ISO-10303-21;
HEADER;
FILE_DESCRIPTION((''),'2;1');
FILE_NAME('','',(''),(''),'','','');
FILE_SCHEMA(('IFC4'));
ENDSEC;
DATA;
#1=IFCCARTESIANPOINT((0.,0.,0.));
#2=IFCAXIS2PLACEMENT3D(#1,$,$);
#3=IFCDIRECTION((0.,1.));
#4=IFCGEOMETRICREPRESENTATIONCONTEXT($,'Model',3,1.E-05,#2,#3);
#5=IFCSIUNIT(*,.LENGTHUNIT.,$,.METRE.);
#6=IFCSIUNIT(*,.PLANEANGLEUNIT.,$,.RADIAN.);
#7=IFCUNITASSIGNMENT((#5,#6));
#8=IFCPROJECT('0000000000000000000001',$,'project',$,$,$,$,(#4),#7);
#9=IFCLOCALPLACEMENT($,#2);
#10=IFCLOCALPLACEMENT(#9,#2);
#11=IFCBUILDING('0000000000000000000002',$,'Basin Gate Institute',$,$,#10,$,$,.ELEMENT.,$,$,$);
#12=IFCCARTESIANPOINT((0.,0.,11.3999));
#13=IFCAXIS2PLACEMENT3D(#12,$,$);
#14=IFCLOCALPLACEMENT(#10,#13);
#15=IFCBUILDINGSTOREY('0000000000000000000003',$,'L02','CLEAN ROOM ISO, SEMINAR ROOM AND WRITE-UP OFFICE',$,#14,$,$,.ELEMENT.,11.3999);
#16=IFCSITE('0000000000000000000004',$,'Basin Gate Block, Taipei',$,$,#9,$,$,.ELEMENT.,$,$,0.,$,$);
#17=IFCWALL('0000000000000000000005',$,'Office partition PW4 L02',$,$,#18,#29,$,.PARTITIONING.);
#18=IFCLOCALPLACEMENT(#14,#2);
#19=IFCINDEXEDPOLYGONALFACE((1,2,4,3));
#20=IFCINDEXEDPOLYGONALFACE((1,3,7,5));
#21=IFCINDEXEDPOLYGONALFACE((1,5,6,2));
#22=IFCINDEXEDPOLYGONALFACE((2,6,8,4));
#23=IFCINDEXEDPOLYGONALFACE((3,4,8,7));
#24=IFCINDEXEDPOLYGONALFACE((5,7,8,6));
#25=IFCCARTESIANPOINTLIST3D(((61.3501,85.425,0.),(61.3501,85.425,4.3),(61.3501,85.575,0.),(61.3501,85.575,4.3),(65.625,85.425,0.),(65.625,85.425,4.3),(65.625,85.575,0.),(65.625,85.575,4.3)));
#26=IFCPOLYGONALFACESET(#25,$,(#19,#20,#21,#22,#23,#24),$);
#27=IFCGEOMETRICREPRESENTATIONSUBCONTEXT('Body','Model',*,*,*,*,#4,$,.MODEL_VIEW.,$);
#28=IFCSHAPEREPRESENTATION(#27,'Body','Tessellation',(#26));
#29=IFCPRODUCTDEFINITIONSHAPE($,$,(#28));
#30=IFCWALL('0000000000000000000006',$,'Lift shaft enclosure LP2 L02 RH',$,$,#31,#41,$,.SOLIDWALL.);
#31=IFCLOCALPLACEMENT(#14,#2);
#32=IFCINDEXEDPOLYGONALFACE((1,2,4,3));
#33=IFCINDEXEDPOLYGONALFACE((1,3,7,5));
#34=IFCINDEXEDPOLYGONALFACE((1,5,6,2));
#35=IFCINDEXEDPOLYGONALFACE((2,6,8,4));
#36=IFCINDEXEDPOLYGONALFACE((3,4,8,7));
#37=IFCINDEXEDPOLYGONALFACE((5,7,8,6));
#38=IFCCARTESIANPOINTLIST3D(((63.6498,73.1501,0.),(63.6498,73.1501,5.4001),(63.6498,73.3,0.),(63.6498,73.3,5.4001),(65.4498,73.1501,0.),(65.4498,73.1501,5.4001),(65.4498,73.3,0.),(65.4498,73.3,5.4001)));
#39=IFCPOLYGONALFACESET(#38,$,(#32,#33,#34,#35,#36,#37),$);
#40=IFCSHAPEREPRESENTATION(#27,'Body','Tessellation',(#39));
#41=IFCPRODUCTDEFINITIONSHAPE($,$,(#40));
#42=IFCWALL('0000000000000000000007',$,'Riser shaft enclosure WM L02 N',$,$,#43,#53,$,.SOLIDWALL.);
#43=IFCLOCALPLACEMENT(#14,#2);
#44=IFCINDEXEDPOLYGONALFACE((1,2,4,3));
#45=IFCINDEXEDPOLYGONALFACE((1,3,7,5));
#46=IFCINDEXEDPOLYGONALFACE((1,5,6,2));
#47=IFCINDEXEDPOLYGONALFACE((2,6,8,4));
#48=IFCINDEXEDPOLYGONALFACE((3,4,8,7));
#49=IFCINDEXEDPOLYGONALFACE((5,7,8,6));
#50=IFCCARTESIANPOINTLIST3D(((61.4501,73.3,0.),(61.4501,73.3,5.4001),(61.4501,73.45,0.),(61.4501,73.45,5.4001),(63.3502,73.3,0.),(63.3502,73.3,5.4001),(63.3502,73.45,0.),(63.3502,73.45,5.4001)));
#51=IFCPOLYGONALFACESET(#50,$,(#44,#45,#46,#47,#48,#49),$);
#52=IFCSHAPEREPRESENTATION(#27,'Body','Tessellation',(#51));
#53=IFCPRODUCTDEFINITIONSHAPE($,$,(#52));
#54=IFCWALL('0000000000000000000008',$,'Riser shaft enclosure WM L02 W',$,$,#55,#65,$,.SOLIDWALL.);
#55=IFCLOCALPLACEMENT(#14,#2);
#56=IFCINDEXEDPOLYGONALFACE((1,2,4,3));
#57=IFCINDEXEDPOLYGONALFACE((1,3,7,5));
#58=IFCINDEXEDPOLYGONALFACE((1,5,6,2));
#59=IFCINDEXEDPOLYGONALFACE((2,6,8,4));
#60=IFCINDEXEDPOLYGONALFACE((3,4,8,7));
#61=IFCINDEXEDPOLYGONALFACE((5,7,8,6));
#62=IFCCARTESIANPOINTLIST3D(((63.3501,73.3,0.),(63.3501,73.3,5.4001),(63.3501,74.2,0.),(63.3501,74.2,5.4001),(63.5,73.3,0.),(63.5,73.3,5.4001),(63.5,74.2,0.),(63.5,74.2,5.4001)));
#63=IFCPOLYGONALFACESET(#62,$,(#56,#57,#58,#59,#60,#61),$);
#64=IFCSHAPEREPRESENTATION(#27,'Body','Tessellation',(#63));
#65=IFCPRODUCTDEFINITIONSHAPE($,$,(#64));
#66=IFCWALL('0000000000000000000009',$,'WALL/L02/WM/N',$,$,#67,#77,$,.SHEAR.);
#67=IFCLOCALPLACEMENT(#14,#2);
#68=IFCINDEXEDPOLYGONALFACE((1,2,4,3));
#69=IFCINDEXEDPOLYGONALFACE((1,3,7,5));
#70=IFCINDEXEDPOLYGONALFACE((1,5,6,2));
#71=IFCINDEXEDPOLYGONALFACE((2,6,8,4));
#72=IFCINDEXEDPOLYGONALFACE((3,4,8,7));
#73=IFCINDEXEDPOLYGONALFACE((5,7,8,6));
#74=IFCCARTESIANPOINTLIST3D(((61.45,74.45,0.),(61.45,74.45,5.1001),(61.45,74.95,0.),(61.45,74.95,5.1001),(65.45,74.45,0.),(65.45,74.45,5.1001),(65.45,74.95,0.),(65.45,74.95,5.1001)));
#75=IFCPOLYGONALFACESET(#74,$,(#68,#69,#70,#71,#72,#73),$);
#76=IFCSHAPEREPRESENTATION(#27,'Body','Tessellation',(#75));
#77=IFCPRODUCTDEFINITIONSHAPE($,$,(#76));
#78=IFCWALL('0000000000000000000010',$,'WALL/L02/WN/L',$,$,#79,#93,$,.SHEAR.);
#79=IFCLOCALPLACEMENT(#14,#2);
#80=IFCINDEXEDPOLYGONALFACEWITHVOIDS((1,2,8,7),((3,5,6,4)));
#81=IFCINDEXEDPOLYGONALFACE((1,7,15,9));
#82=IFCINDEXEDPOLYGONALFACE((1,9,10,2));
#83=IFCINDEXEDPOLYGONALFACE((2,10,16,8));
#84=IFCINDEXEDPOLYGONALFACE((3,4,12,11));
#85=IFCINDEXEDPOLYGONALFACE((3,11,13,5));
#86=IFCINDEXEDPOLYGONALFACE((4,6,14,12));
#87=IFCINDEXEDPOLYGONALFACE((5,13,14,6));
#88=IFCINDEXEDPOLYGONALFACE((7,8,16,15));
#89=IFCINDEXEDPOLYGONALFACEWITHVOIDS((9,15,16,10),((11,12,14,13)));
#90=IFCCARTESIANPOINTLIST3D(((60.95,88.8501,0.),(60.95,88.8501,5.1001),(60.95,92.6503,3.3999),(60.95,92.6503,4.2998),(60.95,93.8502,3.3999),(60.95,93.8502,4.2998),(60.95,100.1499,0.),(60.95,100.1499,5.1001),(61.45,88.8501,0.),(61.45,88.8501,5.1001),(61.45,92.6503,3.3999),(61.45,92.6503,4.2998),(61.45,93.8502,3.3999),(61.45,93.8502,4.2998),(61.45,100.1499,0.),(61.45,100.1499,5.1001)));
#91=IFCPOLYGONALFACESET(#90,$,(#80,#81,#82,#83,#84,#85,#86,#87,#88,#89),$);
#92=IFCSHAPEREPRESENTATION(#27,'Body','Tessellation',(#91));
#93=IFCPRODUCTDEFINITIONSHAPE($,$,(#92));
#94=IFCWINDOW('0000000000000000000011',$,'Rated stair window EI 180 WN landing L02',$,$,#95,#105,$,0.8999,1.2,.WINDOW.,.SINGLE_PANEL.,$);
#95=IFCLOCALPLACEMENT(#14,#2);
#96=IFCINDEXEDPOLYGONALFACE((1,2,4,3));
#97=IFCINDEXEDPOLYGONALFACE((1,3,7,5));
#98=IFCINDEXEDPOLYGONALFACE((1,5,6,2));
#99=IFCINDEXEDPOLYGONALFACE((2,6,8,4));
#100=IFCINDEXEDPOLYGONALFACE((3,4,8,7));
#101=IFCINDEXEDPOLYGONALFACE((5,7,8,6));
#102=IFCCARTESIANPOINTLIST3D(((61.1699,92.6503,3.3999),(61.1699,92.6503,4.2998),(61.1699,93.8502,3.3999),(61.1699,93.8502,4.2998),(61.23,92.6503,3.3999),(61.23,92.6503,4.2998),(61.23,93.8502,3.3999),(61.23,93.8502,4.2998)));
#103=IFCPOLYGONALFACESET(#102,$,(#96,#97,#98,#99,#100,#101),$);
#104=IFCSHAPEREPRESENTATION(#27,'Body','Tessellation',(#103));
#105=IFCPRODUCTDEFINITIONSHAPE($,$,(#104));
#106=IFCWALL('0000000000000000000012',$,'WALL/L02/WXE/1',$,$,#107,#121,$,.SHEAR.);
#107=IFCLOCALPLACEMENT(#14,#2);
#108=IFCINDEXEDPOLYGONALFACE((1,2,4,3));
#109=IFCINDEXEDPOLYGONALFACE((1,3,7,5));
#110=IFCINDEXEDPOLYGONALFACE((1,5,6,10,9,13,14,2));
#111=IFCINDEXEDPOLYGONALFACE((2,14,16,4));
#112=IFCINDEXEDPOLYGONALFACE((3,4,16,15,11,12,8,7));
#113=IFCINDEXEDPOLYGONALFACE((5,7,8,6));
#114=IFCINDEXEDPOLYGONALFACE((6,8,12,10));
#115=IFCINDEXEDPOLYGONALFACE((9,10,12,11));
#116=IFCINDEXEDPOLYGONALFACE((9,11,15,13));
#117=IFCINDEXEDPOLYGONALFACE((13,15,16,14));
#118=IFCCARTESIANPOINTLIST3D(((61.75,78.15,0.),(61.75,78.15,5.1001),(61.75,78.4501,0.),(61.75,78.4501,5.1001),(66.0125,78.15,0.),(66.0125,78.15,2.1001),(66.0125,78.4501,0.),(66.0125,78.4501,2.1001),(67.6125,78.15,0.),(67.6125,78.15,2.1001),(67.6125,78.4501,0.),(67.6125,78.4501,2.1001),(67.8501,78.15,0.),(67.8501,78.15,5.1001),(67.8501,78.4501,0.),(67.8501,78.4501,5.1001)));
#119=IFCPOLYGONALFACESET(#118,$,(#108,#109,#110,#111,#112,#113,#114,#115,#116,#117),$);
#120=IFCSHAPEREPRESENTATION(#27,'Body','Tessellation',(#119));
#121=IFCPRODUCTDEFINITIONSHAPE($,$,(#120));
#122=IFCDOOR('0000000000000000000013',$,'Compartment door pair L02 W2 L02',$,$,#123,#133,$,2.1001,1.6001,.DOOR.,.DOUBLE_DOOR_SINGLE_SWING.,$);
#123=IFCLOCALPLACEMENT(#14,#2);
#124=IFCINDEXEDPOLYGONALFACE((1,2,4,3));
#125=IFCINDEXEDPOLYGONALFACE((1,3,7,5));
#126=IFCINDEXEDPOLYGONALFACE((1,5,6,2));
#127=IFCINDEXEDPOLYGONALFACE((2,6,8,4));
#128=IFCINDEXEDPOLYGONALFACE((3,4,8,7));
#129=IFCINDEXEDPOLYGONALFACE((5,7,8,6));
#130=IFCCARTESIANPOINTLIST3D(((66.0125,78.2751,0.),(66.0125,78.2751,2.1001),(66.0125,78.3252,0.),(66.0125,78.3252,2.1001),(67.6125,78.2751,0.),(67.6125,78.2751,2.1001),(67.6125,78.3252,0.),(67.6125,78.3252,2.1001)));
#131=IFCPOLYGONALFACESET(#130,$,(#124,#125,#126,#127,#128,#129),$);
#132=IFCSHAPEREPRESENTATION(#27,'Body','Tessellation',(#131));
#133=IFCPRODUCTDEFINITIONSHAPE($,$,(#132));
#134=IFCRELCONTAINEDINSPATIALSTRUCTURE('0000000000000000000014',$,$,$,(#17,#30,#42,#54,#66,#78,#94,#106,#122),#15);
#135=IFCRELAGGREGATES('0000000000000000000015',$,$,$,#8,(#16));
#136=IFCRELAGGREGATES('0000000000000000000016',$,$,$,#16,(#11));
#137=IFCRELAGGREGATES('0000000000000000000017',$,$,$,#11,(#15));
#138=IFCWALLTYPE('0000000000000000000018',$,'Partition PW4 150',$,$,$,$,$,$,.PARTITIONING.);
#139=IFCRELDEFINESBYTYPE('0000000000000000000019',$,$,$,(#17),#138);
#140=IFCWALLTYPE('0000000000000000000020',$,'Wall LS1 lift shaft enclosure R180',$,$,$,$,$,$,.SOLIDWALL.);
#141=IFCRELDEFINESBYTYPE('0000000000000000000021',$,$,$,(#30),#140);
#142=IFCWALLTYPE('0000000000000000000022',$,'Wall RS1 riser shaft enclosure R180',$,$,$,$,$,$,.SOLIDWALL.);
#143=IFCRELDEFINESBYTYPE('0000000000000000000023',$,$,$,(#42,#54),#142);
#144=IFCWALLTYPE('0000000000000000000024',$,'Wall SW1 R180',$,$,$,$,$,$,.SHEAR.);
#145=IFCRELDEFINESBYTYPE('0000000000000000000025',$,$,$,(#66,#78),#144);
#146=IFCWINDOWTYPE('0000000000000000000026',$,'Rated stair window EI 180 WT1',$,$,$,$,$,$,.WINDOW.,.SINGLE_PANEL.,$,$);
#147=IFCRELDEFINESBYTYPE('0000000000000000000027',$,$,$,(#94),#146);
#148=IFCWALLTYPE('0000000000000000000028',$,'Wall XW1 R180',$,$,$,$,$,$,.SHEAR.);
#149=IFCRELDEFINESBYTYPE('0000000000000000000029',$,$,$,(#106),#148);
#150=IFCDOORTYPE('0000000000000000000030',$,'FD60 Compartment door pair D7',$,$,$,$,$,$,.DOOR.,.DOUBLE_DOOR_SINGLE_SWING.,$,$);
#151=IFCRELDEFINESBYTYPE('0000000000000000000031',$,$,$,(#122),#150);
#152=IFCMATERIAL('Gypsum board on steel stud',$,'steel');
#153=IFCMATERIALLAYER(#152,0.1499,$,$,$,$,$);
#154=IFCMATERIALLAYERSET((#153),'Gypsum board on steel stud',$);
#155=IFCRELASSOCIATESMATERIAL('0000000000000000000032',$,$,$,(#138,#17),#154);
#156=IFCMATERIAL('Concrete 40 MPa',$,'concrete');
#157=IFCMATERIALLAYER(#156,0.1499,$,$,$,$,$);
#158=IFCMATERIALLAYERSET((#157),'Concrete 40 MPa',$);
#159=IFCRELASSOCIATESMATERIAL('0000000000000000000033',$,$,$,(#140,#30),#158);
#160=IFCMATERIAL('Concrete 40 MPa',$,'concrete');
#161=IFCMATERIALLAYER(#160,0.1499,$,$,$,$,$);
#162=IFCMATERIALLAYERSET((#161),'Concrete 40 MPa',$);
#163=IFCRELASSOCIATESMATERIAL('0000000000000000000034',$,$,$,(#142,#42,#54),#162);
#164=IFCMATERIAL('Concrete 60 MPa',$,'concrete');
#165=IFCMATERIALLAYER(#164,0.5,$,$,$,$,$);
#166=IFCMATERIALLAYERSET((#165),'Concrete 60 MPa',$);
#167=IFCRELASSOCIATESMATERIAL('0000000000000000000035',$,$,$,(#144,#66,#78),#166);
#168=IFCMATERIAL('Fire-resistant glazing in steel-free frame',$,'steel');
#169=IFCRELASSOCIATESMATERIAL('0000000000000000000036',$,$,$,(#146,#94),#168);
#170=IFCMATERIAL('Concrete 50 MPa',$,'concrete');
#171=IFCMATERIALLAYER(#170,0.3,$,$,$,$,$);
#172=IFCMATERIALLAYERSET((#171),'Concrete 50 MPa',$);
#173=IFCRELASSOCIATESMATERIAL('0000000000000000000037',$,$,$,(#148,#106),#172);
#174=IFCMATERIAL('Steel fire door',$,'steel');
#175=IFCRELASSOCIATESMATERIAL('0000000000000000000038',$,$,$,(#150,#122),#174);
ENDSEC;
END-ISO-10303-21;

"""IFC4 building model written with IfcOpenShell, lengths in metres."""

from ifc_helpers import new_model, si_unit, direction, frame, frame_2d, origin, place, context, subcontext, project, spatial, rectangle, extrude, material, layer, layer_set, type_object, element, fill, save


model = new_model("IFC4")

# Units and contexts
model_context = context("Model", 3, precision=1e-05, world=origin(), true_north=direction((0.0, 1.0)))
body_context = subcontext(model_context, "Body", "Model", "MODEL_VIEW")
ifc_project = project(units=[si_unit("LENGTHUNIT", "METRE"), si_unit("PLANEANGLEUNIT", "RADIAN")], contexts=[model_context])

# Site, building, storey
site_placement = place(None, origin())
site = spatial("IfcSite", under=ifc_project, at=site_placement, Name="Basin Gate Block, Taipei", CompositionType="ELEMENT", RefElevation=0.0)
building_placement = place(site_placement, origin())
building = spatial("IfcBuilding", under=site, at=building_placement, Name="Basin Gate Institute", CompositionType="ELEMENT")
storey_placement = place(building_placement, frame((0.0, 0.0, 11.3999)))
storey = spatial("IfcBuildingStorey", under=building, at=storey_placement, Name="L02", Description="CLEAN ROOM ISO, SEMINAR ROOM AND WRITE-UP OFFICE", CompositionType="ELEMENT", Elevation=11.3999)

# Walls
ifc_material_1 = material(Name="Gypsum board on steel stud", Category="steel")
ifc_layer_1 = layer(ifc_material_1, 0.1499)
ifc_layer_set_1 = layer_set([ifc_layer_1], Name="Gypsum board on steel stud")
wall_type_1 = type_object("IfcWallType", Name="Partition PW4 150", PredefinedType="PARTITIONING", material=ifc_layer_set_1)
wall_1_placement = place(storey_placement, frame((61.3501, 85.5, 0.0), z_axis=(0.0, 0.0, 1.0), x_axis=(1.0, 0.0, 0.0)))
element("IfcWall", 1, at=wall_1_placement, inside=storey, type_object=wall_type_1, material=ifc_layer_set_1, Name="Office partition PW4 L02", PredefinedType="PARTITIONING", context=body_context, shape_type="SweptSolid", body=[
    extrude(rectangle(XDim=4.2749, YDim=0.1499, at=frame_2d((2.1375, 0.0))), origin(), (0.0, 0.0, 1.0), 4.3),
])
ifc_material_2 = material(Name="Concrete 40 MPa", Category="concrete")
ifc_layer_2 = layer(ifc_material_2, 0.1499)
ifc_layer_set_2 = layer_set([ifc_layer_2], Name="Concrete 40 MPa")
wall_type_2 = type_object("IfcWallType", Name="Wall LS1 lift shaft enclosure R180", PredefinedType="SOLIDWALL", material=ifc_layer_set_2)
wall_2_placement = place(storey_placement, frame((63.6499, 73.2251, 0.0), z_axis=(0.0, 0.0, 1.0), x_axis=(1.0, 0.0, 0.0)))
element("IfcWall", 2, at=wall_2_placement, inside=storey, type_object=wall_type_2, material=ifc_layer_set_2, Name="Lift shaft enclosure LP2 L02 RH", PredefinedType="SOLIDWALL", context=body_context, shape_type="SweptSolid", body=[
    extrude(rectangle(XDim=1.8, YDim=0.1499, at=frame_2d((0.8999, 0.0))), origin(), (0.0, 0.0, 1.0), 5.4001),
])
ifc_material_3 = material(Name="Concrete 40 MPa", Category="concrete")
ifc_layer_3 = layer(ifc_material_3, 0.1499)
ifc_layer_set_3 = layer_set([ifc_layer_3], Name="Concrete 40 MPa")
wall_type_3 = type_object("IfcWallType", Name="Wall RS1 riser shaft enclosure R180", PredefinedType="SOLIDWALL", material=ifc_layer_set_3)
wall_3_placement = place(storey_placement, frame((61.45, 73.375, 0.0), z_axis=(0.0, 0.0, 1.0), x_axis=(1.0, 0.0, 0.0)))
element("IfcWall", 3, at=wall_3_placement, inside=storey, type_object=wall_type_3, material=ifc_layer_set_3, Name="Riser shaft enclosure WM L02 N", PredefinedType="SOLIDWALL", context=body_context, shape_type="SweptSolid", body=[
    extrude(rectangle(XDim=1.9001, YDim=0.1499, at=frame_2d((0.9502, 0.0))), origin(), (0.0, 0.0, 1.0), 5.4001),
])
wall_4_placement = place(storey_placement, frame((63.425, 73.3, 0.0), z_axis=(0.0, 0.0, 1.0), x_axis=(0.0, 1.0, 0.0)))
element("IfcWall", 4, at=wall_4_placement, inside=storey, type_object=wall_type_3, material=ifc_layer_set_3, Name="Riser shaft enclosure WM L02 W", PredefinedType="SOLIDWALL", context=body_context, shape_type="SweptSolid", body=[
    extrude(rectangle(XDim=0.8999, YDim=0.1499, at=frame_2d((0.45, 0.0))), origin(), (0.0, 0.0, 1.0), 5.4001),
])
ifc_material_4 = material(Name="Concrete 60 MPa", Category="concrete")
ifc_layer_4 = layer(ifc_material_4, 0.5)
ifc_layer_set_4 = layer_set([ifc_layer_4], Name="Concrete 60 MPa")
wall_type_4 = type_object("IfcWallType", Name="Wall SW1 R180", PredefinedType="SHEAR", material=ifc_layer_set_4)
wall_5_placement = place(storey_placement, frame((61.45, 74.7, 0.0), z_axis=(0.0, 0.0, 1.0), x_axis=(1.0, 0.0, 0.0)))
element("IfcWall", 5, at=wall_5_placement, inside=storey, type_object=wall_type_4, material=ifc_layer_set_4, Name="WALL/L02/WM/N", PredefinedType="SHEAR", context=body_context, shape_type="SweptSolid", body=[
    extrude(rectangle(XDim=4.0, YDim=0.5, at=frame_2d((2.0, 0.0))), origin(), (0.0, 0.0, 1.0), 5.1001),
])

# Wall, opening, window
wall_6_placement = place(storey_placement, frame((61.2, 88.8501, 0.0), z_axis=(0.0, 0.0, 1.0), x_axis=(0.0, 1.0, 0.0)))
wall_6 = element("IfcWall", 6, at=wall_6_placement, inside=storey, type_object=wall_type_4, material=ifc_layer_set_4, Name="WALL/L02/WN/L", PredefinedType="SHEAR", context=body_context, shape_type="SweptSolid", body=[
    extrude(rectangle(XDim=11.2998, YDim=0.5, at=frame_2d((5.6499, 0.0))), origin(), (0.0, 0.0, 1.0), 5.1001),
])
opening_1_placement = place(wall_6_placement, frame((3.8, 0.0, 3.3999)))
opening_1 = element("IfcOpeningElement", 7, at=opening_1_placement, cuts=wall_6, PredefinedType="OPENING", context=body_context, shape_type="SweptSolid", body=[
    extrude(rectangle(XDim=1.2, YDim=0.8999, at=frame_2d((0.6001, 0.45))), frame((0.0, 0.26, 0.0), z_axis=(0.0, -1.0, 0.0), x_axis=(1.0, 0.0, 0.0)), (0.0, 0.0, 1.0), 0.52),
])
ifc_material_5 = material(Name="Fire-resistant glazing in steel-free frame", Category="steel")
window_type_1 = type_object("IfcWindowType", Name="Rated stair window EI 180 WT1", PartitioningType="SINGLE_PANEL", PredefinedType="WINDOW", material=ifc_material_5)
window_1_placement = place(opening_1_placement, origin())
window_1 = element("IfcWindow", 8, at=window_1_placement, inside=storey, type_object=window_type_1, material=ifc_material_5, Name="Rated stair window EI 180 WN landing L02", OverallHeight=0.8999, OverallWidth=1.2, PartitioningType="SINGLE_PANEL", PredefinedType="WINDOW", context=body_context, shape_type="SweptSolid", body=[
    extrude(rectangle(XDim=1.2, YDim=0.8999, at=frame_2d((0.6001, 0.45))), frame((0.0, 0.03, 0.0), z_axis=(0.0, -1.0, 0.0), x_axis=(1.0, 0.0, 0.0)), (0.0, 0.0, 1.0), 0.0601),
])
fill(opening_1, window_1)

# Wall, opening, door
ifc_material_6 = material(Name="Concrete 50 MPa", Category="concrete")
ifc_layer_5 = layer(ifc_material_6, 0.3)
ifc_layer_set_5 = layer_set([ifc_layer_5], Name="Concrete 50 MPa")
wall_type_5 = type_object("IfcWallType", Name="Wall XW1 R180", PredefinedType="SHEAR", material=ifc_layer_set_5)
wall_7_placement = place(storey_placement, frame((61.75, 78.3, 0.0), z_axis=(0.0, 0.0, 1.0), x_axis=(1.0, 0.0, 0.0)))
wall_7 = element("IfcWall", 9, at=wall_7_placement, inside=storey, type_object=wall_type_5, material=ifc_layer_set_5, Name="WALL/L02/WXE/1", PredefinedType="SHEAR", context=body_context, shape_type="SweptSolid", body=[
    extrude(rectangle(XDim=6.1001, YDim=0.3, at=frame_2d((3.05, 0.0))), origin(), (0.0, 0.0, 1.0), 5.1001),
])
opening_2_placement = place(wall_7_placement, frame((4.2625, 0.0, 0.0)))
opening_2 = element("IfcOpeningElement", 10, at=opening_2_placement, cuts=wall_7, PredefinedType="OPENING", context=body_context, shape_type="SweptSolid", body=[
    extrude(rectangle(XDim=1.6001, YDim=2.1001, at=frame_2d((0.8, 1.05))), frame((0.0, 0.1602, 0.0), z_axis=(0.0, -1.0, 0.0), x_axis=(1.0, 0.0, 0.0)), (0.0, 0.0, 1.0), 0.3201),
])
ifc_material_7 = material(Name="Steel fire door", Category="steel")
door_type = type_object("IfcDoorType", Name="FD60 Compartment door pair D7", OperationType="DOUBLE_DOOR_SINGLE_SWING", PredefinedType="DOOR", material=ifc_material_7)
door_placement = place(opening_2_placement, frame((1.6001, 0.0, 0.0), z_axis=(0.0, 0.0, 1.0), x_axis=(-1.0, 0.0, 0.0)))
door = element("IfcDoor", 11, at=door_placement, inside=storey, type_object=door_type, material=ifc_material_7, Name="Compartment door pair L02 W2 L02", OperationType="DOUBLE_DOOR_SINGLE_SWING", OverallHeight=2.1001, OverallWidth=1.6001, PredefinedType="DOOR", context=body_context, shape_type="SweptSolid", body=[
    extrude(rectangle(XDim=1.6001, YDim=2.1001, at=frame_2d((0.8, 1.05))), frame((0.0, 0.0249, 0.0), z_axis=(0.0, -1.0, 0.0), x_axis=(1.0, 0.0, 0.0)), (0.0, 0.0, 1.0), 0.05),
])
fill(opening_2, door)

save(model, "model.ifc")
